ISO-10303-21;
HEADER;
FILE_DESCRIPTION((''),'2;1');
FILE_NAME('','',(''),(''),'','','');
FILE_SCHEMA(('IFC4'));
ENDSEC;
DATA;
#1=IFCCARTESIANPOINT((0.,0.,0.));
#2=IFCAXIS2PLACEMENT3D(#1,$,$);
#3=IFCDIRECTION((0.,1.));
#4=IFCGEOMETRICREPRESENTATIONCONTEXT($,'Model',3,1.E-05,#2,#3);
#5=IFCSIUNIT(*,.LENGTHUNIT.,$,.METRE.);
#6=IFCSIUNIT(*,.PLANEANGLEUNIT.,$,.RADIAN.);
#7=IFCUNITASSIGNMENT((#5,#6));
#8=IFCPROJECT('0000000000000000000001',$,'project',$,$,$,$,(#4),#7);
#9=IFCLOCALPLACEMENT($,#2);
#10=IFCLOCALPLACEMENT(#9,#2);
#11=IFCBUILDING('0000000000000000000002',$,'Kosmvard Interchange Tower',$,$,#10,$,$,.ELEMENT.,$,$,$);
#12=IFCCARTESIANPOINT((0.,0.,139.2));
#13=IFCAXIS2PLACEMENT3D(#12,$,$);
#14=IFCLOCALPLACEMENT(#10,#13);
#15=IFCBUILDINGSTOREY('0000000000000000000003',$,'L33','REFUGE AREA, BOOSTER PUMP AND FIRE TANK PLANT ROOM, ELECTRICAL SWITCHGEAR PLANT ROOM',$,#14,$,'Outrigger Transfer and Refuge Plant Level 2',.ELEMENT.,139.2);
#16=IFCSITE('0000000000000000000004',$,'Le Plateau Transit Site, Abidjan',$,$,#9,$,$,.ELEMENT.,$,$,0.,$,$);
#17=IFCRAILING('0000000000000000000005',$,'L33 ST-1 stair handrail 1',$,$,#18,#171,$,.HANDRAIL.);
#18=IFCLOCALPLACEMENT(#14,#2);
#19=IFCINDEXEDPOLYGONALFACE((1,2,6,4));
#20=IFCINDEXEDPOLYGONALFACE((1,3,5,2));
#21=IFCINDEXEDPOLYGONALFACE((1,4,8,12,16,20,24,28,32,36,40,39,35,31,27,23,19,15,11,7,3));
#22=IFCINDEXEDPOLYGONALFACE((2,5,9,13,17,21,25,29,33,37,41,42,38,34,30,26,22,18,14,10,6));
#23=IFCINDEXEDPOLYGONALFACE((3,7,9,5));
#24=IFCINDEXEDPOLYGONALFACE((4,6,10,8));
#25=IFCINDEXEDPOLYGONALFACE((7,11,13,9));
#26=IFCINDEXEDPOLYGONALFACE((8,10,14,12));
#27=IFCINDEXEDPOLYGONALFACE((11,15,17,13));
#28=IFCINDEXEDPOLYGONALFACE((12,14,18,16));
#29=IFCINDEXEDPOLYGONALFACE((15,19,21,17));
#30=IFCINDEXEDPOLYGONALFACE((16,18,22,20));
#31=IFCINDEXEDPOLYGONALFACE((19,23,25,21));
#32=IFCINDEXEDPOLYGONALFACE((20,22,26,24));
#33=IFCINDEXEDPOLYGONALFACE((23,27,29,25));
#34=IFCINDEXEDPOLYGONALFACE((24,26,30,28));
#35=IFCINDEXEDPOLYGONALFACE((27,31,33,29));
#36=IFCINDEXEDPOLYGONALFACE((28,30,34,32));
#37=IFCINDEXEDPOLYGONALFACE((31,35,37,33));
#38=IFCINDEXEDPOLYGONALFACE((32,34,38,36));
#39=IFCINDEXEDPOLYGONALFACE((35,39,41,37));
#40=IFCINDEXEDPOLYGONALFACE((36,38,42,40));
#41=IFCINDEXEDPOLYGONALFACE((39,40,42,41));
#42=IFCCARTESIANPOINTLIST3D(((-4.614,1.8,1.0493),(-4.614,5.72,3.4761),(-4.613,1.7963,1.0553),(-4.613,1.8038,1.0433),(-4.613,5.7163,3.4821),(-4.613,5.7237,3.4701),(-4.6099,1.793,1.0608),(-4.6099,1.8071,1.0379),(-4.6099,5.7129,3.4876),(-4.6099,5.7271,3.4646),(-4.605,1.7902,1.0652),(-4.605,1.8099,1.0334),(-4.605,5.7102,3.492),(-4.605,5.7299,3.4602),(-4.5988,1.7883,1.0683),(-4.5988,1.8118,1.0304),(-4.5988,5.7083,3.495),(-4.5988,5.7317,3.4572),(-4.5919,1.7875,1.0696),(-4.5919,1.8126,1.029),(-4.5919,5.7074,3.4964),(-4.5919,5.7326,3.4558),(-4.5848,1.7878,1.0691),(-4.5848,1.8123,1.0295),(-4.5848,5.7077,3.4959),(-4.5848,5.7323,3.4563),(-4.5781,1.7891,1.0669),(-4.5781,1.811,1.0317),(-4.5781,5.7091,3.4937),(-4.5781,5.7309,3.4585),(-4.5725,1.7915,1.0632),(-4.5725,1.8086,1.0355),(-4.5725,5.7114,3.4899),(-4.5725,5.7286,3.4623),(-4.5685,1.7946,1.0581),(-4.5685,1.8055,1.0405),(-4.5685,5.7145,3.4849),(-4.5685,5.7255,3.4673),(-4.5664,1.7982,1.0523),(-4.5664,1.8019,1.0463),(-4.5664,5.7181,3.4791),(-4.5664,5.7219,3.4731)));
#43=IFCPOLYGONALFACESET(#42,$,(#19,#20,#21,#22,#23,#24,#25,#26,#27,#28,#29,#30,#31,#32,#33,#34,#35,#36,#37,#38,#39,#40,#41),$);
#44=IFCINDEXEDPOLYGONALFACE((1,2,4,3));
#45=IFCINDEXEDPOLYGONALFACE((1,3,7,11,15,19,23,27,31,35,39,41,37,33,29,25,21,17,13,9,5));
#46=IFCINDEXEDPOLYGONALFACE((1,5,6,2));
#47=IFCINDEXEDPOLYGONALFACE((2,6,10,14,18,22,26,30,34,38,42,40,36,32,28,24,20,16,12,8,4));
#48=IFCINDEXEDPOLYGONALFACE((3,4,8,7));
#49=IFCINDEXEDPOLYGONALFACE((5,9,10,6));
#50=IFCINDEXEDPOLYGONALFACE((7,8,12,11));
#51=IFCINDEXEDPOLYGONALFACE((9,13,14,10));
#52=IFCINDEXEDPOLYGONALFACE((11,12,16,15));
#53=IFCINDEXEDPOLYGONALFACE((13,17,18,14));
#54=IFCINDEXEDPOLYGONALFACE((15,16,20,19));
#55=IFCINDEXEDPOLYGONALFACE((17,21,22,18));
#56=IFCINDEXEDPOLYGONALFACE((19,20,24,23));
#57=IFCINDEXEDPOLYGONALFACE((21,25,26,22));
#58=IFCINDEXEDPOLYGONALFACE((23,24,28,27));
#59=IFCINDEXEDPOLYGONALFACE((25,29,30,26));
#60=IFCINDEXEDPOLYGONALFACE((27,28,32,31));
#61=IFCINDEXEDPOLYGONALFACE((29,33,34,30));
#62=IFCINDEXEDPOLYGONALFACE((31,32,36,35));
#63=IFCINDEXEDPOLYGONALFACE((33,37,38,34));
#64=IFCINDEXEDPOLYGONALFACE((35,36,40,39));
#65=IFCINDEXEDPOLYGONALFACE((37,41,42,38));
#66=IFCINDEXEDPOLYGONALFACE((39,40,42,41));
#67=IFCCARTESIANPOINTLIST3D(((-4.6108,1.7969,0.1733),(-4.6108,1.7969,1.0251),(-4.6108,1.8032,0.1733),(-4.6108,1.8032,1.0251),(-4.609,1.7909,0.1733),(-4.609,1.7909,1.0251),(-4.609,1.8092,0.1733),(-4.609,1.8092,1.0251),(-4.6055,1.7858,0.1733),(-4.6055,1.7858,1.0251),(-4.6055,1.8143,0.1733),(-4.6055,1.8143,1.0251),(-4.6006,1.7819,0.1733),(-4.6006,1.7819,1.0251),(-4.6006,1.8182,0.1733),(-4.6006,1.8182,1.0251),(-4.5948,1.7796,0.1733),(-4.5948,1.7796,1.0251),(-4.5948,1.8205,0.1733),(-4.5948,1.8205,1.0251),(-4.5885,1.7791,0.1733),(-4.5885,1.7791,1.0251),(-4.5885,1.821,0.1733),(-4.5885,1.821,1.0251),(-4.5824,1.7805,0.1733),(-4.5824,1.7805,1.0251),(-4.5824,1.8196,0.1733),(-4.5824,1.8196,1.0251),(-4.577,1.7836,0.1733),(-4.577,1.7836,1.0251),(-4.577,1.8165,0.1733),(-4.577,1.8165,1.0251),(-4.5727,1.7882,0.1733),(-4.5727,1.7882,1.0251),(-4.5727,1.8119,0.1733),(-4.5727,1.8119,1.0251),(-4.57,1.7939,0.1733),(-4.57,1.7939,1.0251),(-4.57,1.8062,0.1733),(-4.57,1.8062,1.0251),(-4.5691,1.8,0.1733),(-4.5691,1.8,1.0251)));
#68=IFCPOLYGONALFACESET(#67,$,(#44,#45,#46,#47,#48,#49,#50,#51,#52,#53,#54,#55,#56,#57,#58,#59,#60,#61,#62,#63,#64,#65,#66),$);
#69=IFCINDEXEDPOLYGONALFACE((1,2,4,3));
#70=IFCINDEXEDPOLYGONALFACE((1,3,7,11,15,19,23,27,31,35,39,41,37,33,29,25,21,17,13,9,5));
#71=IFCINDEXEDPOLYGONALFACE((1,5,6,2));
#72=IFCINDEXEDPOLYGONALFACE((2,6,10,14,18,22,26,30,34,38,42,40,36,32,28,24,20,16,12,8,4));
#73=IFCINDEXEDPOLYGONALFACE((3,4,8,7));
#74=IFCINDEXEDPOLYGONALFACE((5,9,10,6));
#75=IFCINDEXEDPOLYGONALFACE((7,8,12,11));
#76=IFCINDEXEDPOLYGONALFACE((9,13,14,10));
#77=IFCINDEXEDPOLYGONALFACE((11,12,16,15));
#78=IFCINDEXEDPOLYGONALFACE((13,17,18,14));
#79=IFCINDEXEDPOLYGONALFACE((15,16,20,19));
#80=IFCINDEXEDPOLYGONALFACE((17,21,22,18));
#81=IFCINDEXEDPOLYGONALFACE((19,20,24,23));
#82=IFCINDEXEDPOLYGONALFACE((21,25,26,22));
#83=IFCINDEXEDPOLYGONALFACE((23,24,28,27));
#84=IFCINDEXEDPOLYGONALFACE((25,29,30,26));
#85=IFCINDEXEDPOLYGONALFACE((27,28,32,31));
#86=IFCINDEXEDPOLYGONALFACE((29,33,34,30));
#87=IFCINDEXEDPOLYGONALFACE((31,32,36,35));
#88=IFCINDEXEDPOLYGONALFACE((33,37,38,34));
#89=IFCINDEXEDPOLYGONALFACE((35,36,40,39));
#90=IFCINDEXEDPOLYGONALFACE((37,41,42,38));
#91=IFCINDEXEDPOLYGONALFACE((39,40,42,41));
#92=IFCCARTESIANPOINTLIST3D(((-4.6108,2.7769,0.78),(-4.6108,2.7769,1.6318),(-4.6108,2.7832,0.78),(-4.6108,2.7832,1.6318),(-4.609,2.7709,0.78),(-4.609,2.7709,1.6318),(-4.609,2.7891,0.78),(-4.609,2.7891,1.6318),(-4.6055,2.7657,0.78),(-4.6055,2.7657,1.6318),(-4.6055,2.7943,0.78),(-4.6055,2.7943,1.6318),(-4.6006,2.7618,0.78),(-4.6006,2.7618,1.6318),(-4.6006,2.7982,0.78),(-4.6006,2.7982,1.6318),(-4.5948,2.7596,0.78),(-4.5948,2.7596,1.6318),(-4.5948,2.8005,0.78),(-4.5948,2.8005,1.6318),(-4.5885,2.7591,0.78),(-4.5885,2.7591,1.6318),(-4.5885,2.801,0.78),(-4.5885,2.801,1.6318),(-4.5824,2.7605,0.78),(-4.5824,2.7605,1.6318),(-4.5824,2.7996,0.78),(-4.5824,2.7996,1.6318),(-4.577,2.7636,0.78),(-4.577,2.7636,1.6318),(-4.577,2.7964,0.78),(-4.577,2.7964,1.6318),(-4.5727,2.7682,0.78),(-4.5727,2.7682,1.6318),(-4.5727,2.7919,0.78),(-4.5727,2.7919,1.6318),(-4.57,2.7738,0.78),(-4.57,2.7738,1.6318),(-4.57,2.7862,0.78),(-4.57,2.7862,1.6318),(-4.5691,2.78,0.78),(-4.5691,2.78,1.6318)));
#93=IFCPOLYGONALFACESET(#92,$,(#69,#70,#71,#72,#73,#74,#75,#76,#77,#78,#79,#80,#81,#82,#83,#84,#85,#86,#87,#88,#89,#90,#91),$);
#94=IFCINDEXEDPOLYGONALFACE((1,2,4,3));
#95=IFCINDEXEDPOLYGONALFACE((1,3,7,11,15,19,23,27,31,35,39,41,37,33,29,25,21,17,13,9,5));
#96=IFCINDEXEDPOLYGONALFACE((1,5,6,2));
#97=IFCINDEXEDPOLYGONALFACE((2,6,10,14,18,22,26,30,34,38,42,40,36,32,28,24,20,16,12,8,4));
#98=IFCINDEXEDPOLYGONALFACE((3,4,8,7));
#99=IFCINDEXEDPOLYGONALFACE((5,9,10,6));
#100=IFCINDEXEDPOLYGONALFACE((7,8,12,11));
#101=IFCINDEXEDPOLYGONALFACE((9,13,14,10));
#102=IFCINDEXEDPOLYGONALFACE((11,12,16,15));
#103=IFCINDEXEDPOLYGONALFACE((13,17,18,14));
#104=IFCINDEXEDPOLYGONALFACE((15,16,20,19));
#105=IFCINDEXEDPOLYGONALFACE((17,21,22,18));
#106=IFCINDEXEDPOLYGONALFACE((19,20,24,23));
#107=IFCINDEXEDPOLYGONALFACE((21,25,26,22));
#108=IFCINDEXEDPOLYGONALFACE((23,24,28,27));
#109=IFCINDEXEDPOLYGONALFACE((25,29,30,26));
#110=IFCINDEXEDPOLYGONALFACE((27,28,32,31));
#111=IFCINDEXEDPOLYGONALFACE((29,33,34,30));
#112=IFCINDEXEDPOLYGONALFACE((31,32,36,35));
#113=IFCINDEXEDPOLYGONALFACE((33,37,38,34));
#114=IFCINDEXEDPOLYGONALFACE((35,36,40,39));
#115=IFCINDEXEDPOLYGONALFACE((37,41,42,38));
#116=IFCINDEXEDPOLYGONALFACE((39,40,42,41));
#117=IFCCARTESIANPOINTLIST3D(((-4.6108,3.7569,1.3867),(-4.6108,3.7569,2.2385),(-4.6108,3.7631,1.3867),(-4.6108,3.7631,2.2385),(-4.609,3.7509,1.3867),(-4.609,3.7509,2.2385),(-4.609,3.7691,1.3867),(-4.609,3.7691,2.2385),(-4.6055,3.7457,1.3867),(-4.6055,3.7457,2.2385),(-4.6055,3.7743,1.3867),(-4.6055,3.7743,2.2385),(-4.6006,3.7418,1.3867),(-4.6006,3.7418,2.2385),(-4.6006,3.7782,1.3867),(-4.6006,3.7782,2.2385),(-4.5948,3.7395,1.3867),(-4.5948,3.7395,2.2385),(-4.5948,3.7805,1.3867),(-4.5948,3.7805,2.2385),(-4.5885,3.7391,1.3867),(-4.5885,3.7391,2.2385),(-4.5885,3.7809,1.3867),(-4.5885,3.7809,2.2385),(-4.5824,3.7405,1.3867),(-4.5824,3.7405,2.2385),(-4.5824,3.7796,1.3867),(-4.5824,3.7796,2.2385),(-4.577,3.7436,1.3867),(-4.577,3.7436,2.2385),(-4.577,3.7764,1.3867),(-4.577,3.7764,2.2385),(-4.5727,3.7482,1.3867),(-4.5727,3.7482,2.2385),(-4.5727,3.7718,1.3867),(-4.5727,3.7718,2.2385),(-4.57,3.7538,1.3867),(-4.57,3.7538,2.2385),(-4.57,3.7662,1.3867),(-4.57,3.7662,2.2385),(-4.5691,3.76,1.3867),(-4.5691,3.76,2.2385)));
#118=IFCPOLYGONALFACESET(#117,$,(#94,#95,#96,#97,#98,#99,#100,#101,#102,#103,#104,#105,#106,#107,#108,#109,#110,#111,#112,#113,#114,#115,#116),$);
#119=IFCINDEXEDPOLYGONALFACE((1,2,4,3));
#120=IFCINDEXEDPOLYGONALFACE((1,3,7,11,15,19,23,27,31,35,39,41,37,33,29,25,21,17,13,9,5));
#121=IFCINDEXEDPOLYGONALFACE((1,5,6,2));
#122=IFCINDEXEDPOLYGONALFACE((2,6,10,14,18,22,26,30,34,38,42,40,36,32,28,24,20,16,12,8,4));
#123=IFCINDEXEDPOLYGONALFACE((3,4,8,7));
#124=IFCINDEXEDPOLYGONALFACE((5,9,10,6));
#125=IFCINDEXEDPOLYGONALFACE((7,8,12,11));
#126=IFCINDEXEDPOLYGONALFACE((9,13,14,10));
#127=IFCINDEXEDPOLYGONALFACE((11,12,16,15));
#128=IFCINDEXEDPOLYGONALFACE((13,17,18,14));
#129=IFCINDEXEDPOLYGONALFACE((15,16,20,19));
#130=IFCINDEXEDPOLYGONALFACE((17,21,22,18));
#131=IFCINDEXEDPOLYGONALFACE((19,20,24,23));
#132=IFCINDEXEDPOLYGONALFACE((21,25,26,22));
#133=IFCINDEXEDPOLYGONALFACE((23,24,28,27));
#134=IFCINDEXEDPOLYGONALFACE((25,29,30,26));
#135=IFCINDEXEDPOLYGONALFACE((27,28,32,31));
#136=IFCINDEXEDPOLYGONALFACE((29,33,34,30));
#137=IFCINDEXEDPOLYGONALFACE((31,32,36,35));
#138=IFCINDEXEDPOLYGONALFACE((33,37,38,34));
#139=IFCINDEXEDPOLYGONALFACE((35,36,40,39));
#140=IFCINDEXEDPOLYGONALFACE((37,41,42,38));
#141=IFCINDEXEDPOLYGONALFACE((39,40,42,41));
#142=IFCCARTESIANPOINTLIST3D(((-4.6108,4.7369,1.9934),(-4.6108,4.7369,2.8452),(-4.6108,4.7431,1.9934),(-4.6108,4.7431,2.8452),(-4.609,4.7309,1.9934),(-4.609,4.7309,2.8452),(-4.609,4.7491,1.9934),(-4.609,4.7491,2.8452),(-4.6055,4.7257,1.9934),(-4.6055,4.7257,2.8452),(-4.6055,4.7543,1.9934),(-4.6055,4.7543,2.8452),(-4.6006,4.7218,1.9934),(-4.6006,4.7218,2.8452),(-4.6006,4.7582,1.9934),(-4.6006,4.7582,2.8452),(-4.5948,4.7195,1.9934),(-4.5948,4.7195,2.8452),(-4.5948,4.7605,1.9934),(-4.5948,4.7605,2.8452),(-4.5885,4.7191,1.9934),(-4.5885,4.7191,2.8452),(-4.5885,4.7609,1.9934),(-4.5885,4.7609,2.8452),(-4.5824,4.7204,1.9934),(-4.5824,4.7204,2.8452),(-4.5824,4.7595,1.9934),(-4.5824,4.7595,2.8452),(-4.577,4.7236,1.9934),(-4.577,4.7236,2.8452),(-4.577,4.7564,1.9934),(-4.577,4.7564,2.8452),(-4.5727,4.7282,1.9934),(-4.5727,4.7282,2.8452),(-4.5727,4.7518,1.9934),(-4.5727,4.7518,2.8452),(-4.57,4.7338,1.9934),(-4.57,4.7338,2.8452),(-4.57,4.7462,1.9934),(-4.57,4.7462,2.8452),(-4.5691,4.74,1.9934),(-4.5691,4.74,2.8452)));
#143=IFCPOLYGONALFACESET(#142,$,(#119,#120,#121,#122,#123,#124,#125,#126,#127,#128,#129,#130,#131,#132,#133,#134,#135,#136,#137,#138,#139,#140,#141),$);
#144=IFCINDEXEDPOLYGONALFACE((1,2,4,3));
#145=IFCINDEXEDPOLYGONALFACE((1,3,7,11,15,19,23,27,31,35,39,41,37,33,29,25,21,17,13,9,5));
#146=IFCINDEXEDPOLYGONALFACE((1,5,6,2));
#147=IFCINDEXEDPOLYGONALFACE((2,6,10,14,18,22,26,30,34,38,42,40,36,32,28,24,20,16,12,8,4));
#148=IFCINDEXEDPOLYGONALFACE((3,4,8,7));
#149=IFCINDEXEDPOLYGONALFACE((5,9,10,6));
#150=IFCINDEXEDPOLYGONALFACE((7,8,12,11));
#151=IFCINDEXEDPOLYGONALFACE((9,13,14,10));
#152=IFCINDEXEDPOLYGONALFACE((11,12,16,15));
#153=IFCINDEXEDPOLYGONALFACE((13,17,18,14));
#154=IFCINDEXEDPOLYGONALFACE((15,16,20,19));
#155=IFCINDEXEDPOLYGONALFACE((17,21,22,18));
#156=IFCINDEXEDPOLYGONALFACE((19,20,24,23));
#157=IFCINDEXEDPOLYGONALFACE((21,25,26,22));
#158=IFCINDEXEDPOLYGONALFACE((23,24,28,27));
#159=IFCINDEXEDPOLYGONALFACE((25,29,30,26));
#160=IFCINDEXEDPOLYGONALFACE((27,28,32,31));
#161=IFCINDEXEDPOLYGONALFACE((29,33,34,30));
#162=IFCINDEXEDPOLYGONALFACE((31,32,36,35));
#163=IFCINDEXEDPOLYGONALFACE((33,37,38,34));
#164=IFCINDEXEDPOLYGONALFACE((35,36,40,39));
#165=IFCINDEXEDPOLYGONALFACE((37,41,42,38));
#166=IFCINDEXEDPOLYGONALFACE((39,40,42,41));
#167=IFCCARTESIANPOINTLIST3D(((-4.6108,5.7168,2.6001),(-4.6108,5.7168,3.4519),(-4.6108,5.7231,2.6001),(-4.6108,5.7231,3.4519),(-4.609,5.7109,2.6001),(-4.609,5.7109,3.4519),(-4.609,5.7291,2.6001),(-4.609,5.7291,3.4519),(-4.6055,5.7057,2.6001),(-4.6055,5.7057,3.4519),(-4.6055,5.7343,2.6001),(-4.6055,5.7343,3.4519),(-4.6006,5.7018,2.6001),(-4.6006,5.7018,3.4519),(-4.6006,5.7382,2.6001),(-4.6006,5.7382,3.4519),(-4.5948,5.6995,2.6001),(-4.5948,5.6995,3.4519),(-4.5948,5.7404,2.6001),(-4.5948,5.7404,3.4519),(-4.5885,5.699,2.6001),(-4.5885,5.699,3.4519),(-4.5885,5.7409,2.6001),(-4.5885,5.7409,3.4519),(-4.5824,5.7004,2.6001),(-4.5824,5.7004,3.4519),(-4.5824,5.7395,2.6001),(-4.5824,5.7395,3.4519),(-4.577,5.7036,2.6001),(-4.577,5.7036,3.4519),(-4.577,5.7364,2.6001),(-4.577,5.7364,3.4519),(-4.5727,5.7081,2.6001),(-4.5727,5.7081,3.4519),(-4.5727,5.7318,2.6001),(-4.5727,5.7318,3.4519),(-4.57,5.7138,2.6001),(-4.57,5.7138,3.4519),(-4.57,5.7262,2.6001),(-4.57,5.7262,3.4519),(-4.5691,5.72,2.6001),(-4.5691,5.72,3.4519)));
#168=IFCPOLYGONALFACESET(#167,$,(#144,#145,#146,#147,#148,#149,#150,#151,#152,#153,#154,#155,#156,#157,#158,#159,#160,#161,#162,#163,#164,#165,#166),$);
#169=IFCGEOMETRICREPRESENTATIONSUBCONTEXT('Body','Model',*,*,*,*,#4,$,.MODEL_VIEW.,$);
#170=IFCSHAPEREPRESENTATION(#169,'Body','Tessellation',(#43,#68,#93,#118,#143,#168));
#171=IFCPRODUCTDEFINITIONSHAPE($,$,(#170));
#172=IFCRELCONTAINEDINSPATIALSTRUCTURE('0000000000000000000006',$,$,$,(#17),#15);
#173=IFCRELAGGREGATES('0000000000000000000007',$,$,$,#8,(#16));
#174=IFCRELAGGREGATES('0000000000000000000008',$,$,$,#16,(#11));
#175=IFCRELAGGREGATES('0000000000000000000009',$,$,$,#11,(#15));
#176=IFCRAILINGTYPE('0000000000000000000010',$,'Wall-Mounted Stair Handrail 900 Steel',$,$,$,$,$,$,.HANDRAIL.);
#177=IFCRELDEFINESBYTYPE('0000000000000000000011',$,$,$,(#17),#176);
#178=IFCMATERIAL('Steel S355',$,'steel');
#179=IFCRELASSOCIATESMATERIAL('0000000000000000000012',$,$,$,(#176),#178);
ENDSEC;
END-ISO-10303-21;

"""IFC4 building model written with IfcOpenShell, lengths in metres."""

from ifc_helpers import new_model, si_unit, direction, frame, origin, origin_2d, place, context, subcontext, project, spatial, circle, extrude, source, transform, mapped, material, type_object, element, save


model = new_model("IFC4")

# Units and contexts
model_context = context("Model", 3, precision=1e-05, world=origin(), true_north=direction((0.0, 1.0)))
body_context = subcontext(model_context, "Body", "Model", "MODEL_VIEW")
ifc_project = project(units=[si_unit("LENGTHUNIT", "METRE"), si_unit("PLANEANGLEUNIT", "RADIAN")], contexts=[model_context])

# Site, building, storey
site_placement = place(None, origin())
site = spatial("IfcSite", under=ifc_project, at=site_placement, Name="Le Plateau Transit Site, Abidjan", CompositionType="ELEMENT", RefElevation=0.0)
building_placement = place(site_placement, origin())
building = spatial("IfcBuilding", under=site, at=building_placement, Name="Kosmvard Interchange Tower", CompositionType="ELEMENT")
storey_placement = place(building_placement, frame((0.0, 0.0, 139.2)))
storey = spatial("IfcBuildingStorey", under=building, at=storey_placement, Name="L33", Description="REFUGE AREA, BOOSTER PUMP AND FIRE TANK PLANT ROOM, ELECTRICAL SWITCHGEAR PLANT ROOM", LongName="Outrigger Transfer and Refuge Plant Level 2", CompositionType="ELEMENT", Elevation=139.2)

# Railing
ifc_material_1 = material(Name="Steel S355", Category="steel")
railing_type_1 = type_object("IfcRailingType", Name="Wall-Mounted Stair Handrail 900 Steel", PredefinedType="HANDRAIL", material=ifc_material_1)
shared_shape_1 = source(origin(), body_context, "Body", "SweptSolid", [
    extrude(circle(Radius=0.0239, at=origin_2d()), frame((0.0, 0.0, 0.876), z_axis=(0.0, 0.850252, 0.526376), x_axis=(-1.0, 0.0, 0.0)), (0.0, 0.0, 1.0), 4.6104),
    extrude(circle(Radius=0.021, at=origin_2d()), origin(), (0.0, 0.0, 1.0), 0.8518),
    extrude(circle(Radius=0.021, at=origin_2d()), frame((0.0, 0.98, 0.6067)), (0.0, 0.0, 1.0), 0.8518),
    extrude(circle(Radius=0.021, at=origin_2d()), frame((0.0, 1.96, 1.2134)), (0.0, 0.0, 1.0), 0.8518),
    extrude(circle(Radius=0.021, at=origin_2d()), frame((0.0, 2.9399, 1.8201)), (0.0, 0.0, 1.0), 0.8518),
    extrude(circle(Radius=0.021, at=origin_2d()), frame((0.0, 3.9199, 2.4268)), (0.0, 0.0, 1.0), 0.8518),
])
railing_1_placement = place(storey_placement, frame((-4.5901, 1.8, 0.1733)))
element("IfcRailing", 1, at=railing_1_placement, inside=storey, type_object=railing_type_1, Name="L33 ST-1 stair handrail 1", PredefinedType="HANDRAIL", context=body_context, shape_type="MappedRepresentation", body=[
    mapped(shared_shape_1, transform((0.0, 0.0, 0.0), scale=1.0)),
])

save(model, "model.ifc")
